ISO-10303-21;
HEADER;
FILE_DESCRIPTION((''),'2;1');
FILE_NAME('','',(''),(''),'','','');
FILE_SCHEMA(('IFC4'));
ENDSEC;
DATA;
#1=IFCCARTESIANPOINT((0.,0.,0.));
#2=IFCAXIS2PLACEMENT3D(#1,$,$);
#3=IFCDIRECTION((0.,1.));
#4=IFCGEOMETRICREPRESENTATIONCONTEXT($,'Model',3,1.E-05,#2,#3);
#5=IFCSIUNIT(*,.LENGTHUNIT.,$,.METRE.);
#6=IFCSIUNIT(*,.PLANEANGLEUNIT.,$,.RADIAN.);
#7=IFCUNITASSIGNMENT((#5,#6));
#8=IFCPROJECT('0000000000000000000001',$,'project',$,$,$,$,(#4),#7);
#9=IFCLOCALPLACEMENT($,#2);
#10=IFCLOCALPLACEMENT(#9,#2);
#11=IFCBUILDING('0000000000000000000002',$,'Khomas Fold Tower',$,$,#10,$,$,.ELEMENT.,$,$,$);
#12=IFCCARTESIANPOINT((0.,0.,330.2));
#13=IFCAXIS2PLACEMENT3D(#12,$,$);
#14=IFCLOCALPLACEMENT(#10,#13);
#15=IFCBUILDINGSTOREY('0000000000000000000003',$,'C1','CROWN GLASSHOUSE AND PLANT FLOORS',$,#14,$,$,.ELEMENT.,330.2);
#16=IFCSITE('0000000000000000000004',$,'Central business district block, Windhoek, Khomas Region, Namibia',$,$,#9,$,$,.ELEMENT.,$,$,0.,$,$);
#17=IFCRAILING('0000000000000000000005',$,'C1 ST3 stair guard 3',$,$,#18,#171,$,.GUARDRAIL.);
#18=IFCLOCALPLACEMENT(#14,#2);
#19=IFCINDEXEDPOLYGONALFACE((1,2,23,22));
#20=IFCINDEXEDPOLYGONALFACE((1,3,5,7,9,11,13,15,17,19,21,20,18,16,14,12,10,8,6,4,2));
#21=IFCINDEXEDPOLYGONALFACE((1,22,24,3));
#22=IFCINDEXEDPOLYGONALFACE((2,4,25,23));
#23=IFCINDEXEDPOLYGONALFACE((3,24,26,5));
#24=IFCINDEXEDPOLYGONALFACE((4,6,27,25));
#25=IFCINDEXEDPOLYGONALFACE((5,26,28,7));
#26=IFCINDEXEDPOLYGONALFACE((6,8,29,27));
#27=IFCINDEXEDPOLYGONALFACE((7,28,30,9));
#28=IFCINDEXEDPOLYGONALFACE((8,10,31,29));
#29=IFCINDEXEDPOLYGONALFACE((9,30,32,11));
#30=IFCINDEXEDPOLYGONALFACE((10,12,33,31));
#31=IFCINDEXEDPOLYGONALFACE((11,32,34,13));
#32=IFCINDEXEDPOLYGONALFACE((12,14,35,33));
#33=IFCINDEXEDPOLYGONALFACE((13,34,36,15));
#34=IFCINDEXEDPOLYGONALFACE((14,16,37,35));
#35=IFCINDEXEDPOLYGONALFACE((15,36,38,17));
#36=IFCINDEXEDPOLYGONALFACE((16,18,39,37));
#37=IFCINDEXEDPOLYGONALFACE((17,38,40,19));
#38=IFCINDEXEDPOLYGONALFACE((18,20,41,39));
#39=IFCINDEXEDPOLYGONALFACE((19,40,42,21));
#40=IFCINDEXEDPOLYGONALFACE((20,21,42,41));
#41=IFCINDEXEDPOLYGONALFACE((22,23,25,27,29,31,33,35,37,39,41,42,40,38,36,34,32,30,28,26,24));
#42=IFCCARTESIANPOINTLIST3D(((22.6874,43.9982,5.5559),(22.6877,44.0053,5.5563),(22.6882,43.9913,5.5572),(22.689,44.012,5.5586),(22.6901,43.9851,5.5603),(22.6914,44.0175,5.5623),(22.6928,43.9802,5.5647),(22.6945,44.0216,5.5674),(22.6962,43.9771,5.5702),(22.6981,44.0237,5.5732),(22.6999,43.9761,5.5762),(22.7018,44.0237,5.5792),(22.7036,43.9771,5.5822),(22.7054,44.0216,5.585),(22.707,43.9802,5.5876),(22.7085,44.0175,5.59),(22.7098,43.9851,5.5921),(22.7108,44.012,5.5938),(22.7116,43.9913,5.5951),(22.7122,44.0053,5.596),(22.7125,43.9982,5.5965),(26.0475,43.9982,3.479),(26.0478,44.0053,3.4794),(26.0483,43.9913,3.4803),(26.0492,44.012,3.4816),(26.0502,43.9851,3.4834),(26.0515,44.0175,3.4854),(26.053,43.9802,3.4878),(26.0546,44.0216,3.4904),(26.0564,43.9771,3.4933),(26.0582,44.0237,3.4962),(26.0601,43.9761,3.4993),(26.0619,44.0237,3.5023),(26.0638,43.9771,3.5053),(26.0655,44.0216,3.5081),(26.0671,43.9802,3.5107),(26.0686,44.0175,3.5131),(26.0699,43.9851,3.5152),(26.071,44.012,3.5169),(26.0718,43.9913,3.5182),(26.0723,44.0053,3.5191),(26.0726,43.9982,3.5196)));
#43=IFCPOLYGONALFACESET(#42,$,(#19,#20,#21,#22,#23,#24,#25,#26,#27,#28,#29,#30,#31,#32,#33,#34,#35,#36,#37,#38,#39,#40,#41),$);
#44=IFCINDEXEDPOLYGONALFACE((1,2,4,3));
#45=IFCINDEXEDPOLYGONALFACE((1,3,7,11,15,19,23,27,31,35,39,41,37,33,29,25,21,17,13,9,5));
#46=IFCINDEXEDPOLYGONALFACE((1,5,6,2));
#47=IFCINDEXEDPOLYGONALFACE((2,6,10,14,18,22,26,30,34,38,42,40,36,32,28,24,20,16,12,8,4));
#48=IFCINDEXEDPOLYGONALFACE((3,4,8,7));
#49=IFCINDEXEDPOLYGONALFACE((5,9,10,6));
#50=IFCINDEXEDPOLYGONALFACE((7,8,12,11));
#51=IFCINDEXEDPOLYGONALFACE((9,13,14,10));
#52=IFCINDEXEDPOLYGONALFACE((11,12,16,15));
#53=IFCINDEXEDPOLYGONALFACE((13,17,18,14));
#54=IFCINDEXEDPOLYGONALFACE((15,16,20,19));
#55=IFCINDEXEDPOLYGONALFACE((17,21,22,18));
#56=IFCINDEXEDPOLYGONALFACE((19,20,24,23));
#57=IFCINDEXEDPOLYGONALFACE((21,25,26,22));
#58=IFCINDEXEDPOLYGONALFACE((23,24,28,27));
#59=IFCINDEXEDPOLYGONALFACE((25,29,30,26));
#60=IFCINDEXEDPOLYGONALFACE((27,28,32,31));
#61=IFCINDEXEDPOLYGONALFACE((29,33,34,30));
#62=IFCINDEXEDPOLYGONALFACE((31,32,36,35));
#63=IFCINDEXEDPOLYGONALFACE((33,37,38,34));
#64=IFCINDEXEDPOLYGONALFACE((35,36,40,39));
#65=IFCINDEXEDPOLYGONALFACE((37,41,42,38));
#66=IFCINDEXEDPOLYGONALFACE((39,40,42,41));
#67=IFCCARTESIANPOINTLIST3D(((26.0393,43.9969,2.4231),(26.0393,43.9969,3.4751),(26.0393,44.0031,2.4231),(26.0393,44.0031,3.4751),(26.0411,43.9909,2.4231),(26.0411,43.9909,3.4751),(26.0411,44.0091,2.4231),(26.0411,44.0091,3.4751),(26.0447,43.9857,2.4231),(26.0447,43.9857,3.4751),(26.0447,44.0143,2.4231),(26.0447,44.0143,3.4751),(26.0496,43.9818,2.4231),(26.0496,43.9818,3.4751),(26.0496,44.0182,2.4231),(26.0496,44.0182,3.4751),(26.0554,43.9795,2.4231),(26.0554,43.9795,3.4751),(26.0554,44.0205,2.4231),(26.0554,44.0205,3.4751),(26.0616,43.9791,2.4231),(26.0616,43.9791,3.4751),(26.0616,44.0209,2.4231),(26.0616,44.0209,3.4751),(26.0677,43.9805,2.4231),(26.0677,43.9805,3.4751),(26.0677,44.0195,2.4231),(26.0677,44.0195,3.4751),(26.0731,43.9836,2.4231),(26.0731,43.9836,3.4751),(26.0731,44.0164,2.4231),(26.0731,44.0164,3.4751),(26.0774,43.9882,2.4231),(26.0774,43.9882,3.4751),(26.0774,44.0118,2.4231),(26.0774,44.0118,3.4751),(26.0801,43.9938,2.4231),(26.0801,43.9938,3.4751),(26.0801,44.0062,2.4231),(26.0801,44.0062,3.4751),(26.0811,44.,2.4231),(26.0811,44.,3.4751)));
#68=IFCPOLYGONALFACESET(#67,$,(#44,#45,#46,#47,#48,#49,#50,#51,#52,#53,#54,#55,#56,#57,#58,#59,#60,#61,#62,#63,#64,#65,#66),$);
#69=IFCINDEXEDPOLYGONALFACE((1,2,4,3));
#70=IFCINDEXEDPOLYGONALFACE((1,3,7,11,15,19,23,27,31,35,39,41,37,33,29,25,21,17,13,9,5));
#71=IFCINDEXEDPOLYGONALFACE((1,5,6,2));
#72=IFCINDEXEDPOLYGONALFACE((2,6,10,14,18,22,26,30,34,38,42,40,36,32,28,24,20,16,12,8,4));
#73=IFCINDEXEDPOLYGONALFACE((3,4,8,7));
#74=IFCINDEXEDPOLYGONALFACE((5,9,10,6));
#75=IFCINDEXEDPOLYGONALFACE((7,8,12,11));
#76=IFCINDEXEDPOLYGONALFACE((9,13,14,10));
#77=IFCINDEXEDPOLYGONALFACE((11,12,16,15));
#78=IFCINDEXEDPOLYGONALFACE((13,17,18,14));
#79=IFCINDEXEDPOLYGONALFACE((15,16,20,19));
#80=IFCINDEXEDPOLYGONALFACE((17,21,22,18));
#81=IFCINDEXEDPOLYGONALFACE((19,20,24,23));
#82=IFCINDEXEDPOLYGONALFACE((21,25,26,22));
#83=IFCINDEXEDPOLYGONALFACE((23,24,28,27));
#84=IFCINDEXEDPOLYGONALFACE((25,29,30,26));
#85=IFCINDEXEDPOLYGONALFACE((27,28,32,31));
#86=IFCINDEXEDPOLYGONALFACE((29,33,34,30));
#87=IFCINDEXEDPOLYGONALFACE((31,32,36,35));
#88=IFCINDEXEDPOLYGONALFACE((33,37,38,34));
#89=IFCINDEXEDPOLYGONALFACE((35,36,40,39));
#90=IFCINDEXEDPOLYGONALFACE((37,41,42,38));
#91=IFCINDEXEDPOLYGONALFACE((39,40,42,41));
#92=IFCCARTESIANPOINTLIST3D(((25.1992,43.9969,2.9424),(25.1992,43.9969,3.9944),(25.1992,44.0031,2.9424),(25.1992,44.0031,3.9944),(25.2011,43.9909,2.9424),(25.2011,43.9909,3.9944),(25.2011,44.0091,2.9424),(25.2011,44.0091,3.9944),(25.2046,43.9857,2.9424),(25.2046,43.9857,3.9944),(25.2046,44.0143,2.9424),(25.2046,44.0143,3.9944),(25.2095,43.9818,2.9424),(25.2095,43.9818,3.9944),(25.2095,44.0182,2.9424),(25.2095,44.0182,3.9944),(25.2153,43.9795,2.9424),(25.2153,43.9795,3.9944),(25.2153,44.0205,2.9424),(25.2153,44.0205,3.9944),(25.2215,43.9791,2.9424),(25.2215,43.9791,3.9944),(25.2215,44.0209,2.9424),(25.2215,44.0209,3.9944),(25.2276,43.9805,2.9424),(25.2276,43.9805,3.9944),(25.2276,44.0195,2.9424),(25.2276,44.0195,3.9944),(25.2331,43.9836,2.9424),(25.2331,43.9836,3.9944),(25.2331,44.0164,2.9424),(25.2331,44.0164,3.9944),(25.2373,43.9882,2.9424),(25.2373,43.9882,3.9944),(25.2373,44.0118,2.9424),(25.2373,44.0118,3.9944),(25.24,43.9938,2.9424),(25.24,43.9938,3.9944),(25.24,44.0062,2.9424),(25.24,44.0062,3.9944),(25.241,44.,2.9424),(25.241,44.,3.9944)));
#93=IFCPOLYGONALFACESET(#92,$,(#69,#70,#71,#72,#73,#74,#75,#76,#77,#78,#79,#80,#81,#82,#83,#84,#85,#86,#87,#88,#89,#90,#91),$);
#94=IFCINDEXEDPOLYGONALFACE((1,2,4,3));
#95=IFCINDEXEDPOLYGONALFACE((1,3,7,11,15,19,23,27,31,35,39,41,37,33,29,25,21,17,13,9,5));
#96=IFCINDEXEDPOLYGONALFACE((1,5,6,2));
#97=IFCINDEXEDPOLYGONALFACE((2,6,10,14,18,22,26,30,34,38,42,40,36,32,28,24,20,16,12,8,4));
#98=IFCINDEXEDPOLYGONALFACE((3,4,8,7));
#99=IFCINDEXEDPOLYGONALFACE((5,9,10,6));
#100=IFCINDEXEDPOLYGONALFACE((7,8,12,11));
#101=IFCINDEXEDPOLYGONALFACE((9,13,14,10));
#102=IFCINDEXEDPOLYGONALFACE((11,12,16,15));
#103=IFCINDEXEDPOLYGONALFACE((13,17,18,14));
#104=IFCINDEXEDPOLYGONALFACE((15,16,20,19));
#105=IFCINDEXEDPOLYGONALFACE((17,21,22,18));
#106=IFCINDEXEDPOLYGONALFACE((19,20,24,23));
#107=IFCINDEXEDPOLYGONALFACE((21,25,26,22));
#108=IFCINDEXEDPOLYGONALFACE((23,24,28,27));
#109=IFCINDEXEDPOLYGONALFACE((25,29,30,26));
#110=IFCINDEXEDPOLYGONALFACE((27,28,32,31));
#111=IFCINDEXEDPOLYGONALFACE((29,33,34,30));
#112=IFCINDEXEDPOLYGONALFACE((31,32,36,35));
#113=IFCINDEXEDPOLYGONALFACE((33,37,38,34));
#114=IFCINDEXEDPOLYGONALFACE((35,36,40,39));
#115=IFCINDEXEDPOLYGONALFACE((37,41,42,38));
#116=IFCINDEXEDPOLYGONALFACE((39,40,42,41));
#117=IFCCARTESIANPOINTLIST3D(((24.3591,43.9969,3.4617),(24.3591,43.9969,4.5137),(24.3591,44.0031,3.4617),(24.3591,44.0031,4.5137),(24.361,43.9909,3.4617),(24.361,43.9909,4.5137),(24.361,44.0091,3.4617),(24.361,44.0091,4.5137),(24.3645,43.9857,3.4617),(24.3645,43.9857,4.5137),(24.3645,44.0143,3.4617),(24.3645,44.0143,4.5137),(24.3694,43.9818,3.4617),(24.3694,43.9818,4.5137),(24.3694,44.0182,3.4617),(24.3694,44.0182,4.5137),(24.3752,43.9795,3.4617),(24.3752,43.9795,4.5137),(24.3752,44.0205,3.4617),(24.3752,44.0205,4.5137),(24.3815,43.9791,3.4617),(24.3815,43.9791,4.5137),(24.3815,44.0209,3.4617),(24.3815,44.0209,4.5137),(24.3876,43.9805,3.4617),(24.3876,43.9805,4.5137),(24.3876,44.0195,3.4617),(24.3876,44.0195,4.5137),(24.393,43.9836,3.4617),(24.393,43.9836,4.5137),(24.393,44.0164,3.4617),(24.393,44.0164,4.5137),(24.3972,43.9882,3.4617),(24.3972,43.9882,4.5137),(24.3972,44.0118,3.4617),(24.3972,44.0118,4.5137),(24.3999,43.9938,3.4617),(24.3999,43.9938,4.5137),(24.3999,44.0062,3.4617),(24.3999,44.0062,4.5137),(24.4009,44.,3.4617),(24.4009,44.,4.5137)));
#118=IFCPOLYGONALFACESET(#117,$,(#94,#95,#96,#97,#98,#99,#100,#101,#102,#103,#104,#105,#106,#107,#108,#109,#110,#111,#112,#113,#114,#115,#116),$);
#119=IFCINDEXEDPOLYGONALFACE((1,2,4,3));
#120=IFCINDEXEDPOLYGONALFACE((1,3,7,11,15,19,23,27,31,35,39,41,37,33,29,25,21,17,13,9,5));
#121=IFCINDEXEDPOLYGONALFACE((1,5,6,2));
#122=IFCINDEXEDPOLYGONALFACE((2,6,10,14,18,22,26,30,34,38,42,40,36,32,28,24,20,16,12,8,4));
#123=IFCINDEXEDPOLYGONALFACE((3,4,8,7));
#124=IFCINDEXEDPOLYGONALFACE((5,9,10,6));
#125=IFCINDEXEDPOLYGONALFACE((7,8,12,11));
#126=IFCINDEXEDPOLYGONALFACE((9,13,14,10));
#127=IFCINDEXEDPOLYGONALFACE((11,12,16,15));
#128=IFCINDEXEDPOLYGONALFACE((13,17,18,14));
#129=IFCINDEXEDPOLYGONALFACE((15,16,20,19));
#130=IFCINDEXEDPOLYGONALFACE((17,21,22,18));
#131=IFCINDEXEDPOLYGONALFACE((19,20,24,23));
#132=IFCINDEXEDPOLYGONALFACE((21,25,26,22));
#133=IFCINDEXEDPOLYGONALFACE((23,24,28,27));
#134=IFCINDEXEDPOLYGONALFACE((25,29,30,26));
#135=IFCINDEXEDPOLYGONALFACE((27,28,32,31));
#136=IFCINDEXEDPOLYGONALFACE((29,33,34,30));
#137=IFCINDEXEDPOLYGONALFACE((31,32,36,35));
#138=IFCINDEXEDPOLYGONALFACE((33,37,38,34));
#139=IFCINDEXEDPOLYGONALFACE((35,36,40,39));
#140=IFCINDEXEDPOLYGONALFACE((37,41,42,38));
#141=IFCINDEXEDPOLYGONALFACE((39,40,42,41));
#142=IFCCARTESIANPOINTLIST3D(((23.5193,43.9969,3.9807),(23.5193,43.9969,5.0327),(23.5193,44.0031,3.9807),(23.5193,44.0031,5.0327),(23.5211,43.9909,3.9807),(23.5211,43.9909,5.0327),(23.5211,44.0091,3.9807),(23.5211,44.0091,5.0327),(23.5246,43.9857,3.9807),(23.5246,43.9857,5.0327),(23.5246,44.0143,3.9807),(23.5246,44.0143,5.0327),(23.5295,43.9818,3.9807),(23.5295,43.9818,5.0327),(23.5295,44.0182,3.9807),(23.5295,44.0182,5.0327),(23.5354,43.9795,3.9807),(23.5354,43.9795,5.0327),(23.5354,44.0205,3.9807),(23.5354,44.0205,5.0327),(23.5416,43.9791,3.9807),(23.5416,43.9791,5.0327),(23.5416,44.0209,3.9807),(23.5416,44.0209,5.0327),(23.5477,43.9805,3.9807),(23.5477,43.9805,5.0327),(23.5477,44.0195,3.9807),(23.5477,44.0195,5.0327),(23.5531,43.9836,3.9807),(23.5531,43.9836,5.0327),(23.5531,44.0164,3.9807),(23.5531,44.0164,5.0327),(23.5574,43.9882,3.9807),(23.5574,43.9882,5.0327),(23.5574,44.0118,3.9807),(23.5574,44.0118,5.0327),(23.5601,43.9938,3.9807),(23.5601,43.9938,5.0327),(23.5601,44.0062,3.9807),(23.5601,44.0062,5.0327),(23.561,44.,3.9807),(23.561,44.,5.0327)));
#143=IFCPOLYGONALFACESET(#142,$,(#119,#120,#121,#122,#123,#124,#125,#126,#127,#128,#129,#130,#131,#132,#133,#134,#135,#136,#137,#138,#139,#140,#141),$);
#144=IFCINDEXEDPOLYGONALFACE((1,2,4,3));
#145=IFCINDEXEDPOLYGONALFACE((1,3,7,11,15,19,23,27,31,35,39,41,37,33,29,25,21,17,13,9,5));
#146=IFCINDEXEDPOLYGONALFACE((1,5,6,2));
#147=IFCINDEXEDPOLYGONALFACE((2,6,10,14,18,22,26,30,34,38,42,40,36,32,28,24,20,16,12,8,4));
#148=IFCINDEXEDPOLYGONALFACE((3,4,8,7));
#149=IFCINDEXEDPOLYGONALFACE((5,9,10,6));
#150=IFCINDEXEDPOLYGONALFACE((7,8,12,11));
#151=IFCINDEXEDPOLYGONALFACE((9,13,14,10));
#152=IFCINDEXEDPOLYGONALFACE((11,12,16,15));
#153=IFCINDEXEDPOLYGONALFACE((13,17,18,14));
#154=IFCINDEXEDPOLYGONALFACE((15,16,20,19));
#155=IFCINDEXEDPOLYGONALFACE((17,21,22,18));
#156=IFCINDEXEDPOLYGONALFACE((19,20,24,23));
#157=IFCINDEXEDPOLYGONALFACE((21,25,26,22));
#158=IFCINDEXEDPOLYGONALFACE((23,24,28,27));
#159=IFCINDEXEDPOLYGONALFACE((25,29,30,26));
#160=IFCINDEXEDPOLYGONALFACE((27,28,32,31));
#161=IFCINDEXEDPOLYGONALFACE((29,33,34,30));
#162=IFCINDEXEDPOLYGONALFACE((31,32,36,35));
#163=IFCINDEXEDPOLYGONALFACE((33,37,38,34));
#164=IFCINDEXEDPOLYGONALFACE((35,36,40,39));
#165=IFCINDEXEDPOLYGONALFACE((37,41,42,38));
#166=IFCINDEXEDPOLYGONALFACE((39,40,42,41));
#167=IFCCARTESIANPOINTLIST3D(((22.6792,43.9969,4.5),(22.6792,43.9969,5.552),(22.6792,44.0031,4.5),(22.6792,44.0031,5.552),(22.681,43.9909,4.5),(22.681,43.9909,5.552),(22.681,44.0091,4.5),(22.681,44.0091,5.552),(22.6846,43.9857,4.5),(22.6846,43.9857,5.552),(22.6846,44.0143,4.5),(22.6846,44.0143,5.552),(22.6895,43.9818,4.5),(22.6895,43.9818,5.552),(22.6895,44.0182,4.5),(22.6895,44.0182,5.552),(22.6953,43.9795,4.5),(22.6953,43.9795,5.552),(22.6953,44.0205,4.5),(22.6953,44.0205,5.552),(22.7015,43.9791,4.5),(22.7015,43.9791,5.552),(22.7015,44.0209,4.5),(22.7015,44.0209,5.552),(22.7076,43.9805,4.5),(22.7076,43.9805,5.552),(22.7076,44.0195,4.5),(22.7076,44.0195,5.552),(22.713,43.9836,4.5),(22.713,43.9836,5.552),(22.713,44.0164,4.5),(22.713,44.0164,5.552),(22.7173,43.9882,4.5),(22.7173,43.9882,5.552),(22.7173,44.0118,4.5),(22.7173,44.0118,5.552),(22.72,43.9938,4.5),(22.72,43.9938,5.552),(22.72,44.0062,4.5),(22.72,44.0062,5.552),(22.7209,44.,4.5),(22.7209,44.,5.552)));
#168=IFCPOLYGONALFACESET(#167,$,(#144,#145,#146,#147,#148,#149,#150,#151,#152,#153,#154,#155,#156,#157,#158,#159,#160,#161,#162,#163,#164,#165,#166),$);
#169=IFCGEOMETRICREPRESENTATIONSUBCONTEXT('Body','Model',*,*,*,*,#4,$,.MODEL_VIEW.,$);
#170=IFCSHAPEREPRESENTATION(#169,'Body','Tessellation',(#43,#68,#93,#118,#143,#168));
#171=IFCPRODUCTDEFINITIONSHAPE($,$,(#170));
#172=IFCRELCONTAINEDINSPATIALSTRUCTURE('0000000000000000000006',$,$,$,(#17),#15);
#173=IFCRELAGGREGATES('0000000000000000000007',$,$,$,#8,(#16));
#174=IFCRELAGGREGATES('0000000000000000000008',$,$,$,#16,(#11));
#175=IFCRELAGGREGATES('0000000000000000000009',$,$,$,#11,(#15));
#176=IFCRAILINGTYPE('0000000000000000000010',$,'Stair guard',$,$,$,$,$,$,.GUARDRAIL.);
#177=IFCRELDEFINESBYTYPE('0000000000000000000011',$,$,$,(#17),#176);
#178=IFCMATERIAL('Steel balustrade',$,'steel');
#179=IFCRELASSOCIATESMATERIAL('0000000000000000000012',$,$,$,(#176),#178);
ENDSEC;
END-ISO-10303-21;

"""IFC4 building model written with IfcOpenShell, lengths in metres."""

from ifc_helpers import new_model, si_unit, direction, frame, origin, origin_2d, place, context, subcontext, project, spatial, circle, extrude, source, transform, mapped, material, type_object, element, save


model = new_model("IFC4")

# Units and contexts
model_context = context("Model", 3, precision=1e-05, world=origin(), true_north=direction((0.0, 1.0)))
body_context = subcontext(model_context, "Body", "Model", "MODEL_VIEW")
ifc_project = project(units=[si_unit("LENGTHUNIT", "METRE"), si_unit("PLANEANGLEUNIT", "RADIAN")], contexts=[model_context])

# Site, building, storey
site_placement = place(None, origin())
site = spatial("IfcSite", under=ifc_project, at=site_placement, Name="Central business district block, Windhoek, Khomas Region, Namibia", CompositionType="ELEMENT", RefElevation=0.0)
building_placement = place(site_placement, origin())
building = spatial("IfcBuilding", under=site, at=building_placement, Name="Khomas Fold Tower", CompositionType="ELEMENT")
storey_placement = place(building_placement, frame((0.0, 0.0, 330.2)))
storey = spatial("IfcBuildingStorey", under=building, at=storey_placement, Name="C1", Description="CROWN GLASSHOUSE AND PLANT FLOORS", CompositionType="ELEMENT", Elevation=330.2)

# Railing
ifc_material_1 = material(Name="Steel balustrade", Category="steel")
railing_type_1 = type_object("IfcRailingType", Name="Stair guard", PredefinedType="GUARDRAIL", material=ifc_material_1)
shared_shape_1 = source(origin(), body_context, "Body", "SweptSolid", [
    extrude(circle(Radius=0.0239, at=origin_2d()), frame((0.0, 0.0, 1.0762), z_axis=(-0.850623, 0.0, 0.525776), x_axis=(0.0, -1.0, 0.0)), (0.0, 0.0, 1.0), 3.9502),
    extrude(circle(Radius=0.021, at=origin_2d()), origin(), (0.0, 0.0, 1.0), 1.052),
    extrude(circle(Radius=0.021, at=origin_2d()), frame((-0.8401, 0.0, 0.5193)), (0.0, 0.0, 1.0), 1.052),
    extrude(circle(Radius=0.021, at=origin_2d()), frame((-1.6802, 0.0, 1.0386)), (0.0, 0.0, 1.0), 1.052),
    extrude(circle(Radius=0.021, at=origin_2d()), frame((-2.52, 0.0, 1.5576)), (0.0, 0.0, 1.0), 1.052),
    extrude(circle(Radius=0.021, at=origin_2d()), frame((-3.3601, 0.0, 2.0769)), (0.0, 0.0, 1.0), 1.052),
])
railing_1_placement = place(storey_placement, frame((26.0601, 44.0, 2.4231)))
element("IfcRailing", 1, at=railing_1_placement, inside=storey, type_object=railing_type_1, Name="C1 ST3 stair guard 3", PredefinedType="GUARDRAIL", context=body_context, shape_type="MappedRepresentation", body=[
    mapped(shared_shape_1, transform((0.0, 0.0, 0.0))),
])

save(model, "model.ifc")
